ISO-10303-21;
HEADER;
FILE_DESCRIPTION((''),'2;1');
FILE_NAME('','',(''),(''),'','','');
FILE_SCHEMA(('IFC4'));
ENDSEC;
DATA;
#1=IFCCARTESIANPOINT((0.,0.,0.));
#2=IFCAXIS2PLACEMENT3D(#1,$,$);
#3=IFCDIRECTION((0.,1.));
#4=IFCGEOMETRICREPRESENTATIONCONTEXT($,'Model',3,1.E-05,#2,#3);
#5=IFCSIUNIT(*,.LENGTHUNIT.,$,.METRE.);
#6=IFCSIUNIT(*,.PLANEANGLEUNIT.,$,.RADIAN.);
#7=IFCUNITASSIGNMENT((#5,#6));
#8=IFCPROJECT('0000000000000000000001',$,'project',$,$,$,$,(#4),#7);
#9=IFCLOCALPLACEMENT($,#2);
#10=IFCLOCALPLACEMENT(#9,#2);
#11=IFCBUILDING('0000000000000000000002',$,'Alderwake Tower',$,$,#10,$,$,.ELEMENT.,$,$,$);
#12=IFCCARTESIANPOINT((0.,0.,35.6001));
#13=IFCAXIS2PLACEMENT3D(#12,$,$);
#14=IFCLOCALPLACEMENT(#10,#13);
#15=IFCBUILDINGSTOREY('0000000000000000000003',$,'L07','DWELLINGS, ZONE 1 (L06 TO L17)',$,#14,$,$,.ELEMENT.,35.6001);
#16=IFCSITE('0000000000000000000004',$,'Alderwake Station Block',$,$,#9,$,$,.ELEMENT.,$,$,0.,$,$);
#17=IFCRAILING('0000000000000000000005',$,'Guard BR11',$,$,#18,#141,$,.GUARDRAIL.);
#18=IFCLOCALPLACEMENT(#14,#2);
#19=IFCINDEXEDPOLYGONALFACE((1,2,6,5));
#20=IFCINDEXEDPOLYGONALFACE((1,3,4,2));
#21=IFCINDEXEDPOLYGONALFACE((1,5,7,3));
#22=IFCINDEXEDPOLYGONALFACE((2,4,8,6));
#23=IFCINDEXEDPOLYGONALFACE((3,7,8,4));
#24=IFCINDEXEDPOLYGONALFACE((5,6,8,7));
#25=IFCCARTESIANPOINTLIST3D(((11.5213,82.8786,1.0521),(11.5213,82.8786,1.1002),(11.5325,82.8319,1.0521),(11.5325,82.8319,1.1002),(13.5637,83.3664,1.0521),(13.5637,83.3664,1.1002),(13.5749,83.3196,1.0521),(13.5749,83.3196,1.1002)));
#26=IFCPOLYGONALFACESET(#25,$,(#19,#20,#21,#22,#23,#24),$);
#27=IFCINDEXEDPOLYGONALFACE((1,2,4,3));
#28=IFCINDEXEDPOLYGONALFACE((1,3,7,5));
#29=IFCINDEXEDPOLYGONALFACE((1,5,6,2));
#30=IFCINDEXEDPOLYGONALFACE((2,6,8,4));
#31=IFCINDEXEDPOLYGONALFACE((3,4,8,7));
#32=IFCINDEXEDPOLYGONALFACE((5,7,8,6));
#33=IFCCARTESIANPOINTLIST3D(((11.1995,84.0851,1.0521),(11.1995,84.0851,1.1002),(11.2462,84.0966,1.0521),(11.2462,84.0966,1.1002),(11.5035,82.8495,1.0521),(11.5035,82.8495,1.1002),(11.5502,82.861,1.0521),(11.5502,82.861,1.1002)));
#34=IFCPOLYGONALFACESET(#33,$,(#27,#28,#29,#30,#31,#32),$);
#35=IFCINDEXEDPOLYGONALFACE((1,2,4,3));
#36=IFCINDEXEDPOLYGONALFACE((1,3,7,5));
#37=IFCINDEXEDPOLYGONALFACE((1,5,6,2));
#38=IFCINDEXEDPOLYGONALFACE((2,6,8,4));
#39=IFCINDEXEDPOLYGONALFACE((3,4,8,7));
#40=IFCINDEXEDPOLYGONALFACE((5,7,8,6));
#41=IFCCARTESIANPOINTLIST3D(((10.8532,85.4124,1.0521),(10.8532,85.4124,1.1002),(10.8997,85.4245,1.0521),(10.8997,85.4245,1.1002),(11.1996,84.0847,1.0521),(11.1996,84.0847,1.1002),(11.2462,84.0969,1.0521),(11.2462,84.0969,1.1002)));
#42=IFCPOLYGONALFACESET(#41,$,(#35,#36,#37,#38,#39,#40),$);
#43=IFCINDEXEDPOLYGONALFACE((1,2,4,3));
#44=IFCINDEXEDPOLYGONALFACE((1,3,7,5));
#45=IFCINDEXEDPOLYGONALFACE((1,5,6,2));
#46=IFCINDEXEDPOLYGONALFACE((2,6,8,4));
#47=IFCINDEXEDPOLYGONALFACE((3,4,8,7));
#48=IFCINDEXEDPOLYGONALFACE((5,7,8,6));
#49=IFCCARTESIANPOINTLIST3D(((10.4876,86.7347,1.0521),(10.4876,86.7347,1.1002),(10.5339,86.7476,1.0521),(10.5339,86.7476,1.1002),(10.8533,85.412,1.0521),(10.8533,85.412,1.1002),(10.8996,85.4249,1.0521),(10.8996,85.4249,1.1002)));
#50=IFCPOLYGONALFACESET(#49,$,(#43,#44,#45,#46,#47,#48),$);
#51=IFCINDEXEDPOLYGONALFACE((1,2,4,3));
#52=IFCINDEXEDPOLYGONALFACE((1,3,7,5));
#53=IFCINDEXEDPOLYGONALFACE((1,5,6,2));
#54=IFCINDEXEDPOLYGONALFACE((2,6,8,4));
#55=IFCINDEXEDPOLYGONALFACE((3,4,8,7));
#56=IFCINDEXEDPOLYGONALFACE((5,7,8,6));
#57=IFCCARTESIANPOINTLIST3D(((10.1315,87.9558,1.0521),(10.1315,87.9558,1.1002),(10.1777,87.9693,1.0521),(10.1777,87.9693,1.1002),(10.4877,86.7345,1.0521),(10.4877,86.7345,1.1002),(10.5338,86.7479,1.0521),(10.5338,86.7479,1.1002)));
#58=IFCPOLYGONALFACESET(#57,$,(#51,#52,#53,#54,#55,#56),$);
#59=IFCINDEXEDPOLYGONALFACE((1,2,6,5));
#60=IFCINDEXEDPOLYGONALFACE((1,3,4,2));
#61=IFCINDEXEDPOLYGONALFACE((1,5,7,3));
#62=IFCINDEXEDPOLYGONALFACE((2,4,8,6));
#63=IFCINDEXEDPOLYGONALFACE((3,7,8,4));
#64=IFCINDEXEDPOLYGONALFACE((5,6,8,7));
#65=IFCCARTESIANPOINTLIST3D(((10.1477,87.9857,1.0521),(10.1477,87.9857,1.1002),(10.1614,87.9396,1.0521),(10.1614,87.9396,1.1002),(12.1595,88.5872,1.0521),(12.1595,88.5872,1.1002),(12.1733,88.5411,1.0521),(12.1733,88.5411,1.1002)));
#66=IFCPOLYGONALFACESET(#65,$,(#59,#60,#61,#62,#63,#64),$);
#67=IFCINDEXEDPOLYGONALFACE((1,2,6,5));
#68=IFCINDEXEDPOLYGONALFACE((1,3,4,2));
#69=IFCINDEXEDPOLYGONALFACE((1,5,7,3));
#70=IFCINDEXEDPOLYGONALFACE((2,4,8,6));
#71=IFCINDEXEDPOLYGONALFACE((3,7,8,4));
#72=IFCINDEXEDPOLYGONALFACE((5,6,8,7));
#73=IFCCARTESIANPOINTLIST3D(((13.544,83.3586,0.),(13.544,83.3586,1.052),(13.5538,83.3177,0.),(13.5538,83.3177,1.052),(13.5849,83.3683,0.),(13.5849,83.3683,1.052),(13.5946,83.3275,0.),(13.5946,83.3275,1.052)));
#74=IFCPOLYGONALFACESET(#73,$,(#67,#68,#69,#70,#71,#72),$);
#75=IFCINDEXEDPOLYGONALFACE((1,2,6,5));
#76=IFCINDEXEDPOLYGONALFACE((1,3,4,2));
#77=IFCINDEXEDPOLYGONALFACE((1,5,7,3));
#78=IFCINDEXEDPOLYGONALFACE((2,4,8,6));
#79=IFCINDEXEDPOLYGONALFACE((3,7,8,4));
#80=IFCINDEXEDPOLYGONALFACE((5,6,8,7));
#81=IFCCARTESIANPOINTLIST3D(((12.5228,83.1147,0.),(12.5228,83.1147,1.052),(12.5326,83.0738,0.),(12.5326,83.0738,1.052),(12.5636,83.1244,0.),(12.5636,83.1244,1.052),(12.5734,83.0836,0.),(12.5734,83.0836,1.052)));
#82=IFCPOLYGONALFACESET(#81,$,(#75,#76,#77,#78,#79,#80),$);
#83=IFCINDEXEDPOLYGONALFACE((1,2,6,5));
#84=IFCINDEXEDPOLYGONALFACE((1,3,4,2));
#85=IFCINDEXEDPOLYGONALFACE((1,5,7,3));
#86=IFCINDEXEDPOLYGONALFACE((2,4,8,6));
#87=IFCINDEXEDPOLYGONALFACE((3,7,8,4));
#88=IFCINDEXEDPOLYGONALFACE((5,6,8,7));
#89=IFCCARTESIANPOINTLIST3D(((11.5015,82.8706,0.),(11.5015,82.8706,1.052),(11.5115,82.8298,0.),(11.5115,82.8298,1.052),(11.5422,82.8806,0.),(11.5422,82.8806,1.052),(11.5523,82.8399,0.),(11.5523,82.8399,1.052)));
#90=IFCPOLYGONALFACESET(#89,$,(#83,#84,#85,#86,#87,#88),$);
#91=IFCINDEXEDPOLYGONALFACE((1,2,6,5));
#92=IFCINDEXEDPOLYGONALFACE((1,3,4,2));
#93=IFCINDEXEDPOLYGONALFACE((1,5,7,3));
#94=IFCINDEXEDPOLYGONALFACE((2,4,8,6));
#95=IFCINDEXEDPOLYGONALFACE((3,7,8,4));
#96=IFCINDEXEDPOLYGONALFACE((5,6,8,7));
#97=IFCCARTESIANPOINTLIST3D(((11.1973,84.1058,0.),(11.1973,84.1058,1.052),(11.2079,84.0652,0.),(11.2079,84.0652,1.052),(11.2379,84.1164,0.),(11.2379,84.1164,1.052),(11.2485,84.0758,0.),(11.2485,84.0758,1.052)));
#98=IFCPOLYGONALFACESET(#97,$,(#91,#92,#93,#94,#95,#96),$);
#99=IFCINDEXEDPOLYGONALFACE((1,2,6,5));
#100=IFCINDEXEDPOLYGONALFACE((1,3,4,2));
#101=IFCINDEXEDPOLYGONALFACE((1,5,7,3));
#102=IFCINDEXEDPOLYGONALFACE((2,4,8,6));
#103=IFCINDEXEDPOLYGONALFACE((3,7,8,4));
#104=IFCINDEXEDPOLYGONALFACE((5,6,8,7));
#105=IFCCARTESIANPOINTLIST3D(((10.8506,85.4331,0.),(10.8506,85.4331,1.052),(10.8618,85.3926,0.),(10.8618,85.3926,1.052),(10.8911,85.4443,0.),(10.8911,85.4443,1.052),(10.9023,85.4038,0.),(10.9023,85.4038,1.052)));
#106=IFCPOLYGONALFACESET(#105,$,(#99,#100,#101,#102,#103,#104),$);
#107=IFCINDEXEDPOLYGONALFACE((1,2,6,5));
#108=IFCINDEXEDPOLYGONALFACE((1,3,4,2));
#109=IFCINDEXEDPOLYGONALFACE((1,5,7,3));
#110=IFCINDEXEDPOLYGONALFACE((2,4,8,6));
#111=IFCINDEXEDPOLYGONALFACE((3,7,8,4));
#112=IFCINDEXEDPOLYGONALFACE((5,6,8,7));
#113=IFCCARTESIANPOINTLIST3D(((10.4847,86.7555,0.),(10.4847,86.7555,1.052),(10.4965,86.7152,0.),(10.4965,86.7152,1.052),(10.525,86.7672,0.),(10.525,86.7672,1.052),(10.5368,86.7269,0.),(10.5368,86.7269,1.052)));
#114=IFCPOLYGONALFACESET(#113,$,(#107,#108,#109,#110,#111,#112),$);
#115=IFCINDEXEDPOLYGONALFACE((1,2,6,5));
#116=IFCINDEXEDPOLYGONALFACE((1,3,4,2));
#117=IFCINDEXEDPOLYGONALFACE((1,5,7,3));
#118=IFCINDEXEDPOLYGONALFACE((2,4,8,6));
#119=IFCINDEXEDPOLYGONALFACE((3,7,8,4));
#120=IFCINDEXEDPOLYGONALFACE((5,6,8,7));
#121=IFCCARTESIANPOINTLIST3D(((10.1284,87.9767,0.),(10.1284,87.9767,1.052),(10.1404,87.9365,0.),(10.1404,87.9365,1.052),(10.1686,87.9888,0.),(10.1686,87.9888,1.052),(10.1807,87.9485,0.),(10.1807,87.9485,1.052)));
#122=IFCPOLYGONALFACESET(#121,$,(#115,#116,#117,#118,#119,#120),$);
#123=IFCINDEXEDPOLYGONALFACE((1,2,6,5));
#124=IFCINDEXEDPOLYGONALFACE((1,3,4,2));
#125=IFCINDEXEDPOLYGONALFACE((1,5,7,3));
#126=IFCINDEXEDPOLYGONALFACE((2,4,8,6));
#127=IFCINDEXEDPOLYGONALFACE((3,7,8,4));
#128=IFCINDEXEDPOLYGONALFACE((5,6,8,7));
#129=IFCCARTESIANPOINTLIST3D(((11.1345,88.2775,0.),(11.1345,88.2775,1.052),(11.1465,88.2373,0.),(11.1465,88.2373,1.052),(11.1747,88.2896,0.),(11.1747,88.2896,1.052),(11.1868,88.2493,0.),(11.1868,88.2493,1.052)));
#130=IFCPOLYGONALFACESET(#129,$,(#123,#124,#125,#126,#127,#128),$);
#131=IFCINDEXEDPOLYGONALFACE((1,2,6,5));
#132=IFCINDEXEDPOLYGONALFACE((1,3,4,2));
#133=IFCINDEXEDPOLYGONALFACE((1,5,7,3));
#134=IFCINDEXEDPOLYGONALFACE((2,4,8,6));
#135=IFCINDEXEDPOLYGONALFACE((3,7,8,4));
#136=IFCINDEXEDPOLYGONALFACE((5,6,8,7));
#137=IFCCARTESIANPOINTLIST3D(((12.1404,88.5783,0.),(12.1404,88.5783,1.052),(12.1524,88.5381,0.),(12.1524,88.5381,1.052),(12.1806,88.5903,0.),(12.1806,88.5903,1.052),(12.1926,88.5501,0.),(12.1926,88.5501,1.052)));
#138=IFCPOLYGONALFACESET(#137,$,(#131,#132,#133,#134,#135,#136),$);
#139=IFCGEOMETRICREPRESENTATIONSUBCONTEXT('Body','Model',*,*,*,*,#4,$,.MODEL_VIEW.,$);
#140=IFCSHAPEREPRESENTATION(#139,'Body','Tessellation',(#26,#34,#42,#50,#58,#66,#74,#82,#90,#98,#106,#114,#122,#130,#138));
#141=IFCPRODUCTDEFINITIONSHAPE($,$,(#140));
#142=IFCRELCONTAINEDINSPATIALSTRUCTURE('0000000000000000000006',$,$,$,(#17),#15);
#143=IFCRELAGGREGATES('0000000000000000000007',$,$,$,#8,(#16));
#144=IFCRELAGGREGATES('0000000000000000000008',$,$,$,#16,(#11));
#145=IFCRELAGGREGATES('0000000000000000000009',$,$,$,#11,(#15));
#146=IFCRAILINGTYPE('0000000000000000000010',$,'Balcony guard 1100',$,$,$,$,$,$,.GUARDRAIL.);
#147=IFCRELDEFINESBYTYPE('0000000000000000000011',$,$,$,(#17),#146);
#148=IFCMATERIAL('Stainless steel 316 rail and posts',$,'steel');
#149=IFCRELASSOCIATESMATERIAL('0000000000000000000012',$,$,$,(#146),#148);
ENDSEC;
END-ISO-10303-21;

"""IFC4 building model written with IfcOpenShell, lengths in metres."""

from ifc_helpers import new_model, si_unit, direction, frame, origin, origin_2d, place, context, subcontext, project, spatial, rectangle, extrude, material, type_object, element, save


model = new_model("IFC4")

# Units and contexts
model_context = context("Model", 3, precision=1e-05, world=origin(), true_north=direction((0.0, 1.0)))
body_context = subcontext(model_context, "Body", "Model", "MODEL_VIEW")
ifc_project = project(units=[si_unit("LENGTHUNIT", "METRE"), si_unit("PLANEANGLEUNIT", "RADIAN")], contexts=[model_context])

# Site, building, storey
site_placement = place(None, origin())
site = spatial("IfcSite", under=ifc_project, at=site_placement, Name="Alderwake Station Block", CompositionType="ELEMENT", RefElevation=0.0)
building_placement = place(site_placement, origin())
building = spatial("IfcBuilding", under=site, at=building_placement, Name="Alderwake Tower", CompositionType="ELEMENT")
storey_placement = place(building_placement, frame((0.0, 0.0, 35.6001)))
storey = spatial("IfcBuildingStorey", under=building, at=storey_placement, Name="L07", Description="DWELLINGS, ZONE 1 (L06 TO L17)", CompositionType="ELEMENT", Elevation=35.6001)

# Railing
ifc_material_1 = material(Name="Stainless steel 316 rail and posts", Category="steel")
railing_type = type_object("IfcRailingType", Name="Balcony guard 1100", PredefinedType="GUARDRAIL", material=ifc_material_1)
railing_placement = place(storey_placement, frame((13.5693, 83.343, 0.0)))
element("IfcRailing", 1, at=railing_placement, inside=storey, type_object=railing_type, Name="Guard BR11", PredefinedType="GUARDRAIL", context=body_context, shape_type="SweptSolid", body=[
    extrude(rectangle(XDim=0.0481, YDim=0.0481, at=origin_2d()), frame((0.0, 0.0, 1.0762), z_axis=(-0.972646, -0.232291, 0.0), x_axis=(0.232291, -0.972646, 0.0)), (0.0, 0.0, 1.0), 2.0999),
    extrude(rectangle(XDim=0.0481, YDim=0.0481, at=origin_2d()), frame((-2.0425, -0.4878, 1.0762), z_axis=(-0.238877, 0.97105, 0.0), x_axis=(-0.97105, -0.238877, 0.0)), (0.0, 0.0, 1.0), 1.2725),
    extrude(rectangle(XDim=0.0481, YDim=0.0481, at=origin_2d()), frame((-2.3464, 0.7478, 1.0762), z_axis=(-0.252487, 0.9676, 0.0), x_axis=(-0.9676, -0.252487, 0.0)), (0.0, 0.0, 1.0), 1.3721),
    extrude(rectangle(XDim=0.0481, YDim=0.0481, at=origin_2d()), frame((-2.6929, 2.0754, 1.0762), z_axis=(-0.266488, 0.963838, 0.0), x_axis=(-0.963838, -0.266488, 0.0)), (0.0, 0.0, 1.0), 1.3723),
    extrude(rectangle(XDim=0.0481, YDim=0.0481, at=origin_2d()), frame((-3.0586, 3.3982, 1.0762), z_axis=(-0.279963, 0.960011, 0.0), x_axis=(-0.960011, -0.279963, 0.0)), (0.0, 0.0, 1.0), 1.2722),
    extrude(rectangle(XDim=0.0481, YDim=0.0481, at=origin_2d()), frame((-3.4148, 4.6196, 1.0762), z_axis=(0.958091, 0.286462, 0.0), x_axis=(-0.286462, 0.958091, 0.0)), (0.0, 0.0, 1.0), 2.0999),
    extrude(rectangle(XDim=0.042, YDim=0.042, at=origin_2d()), frame((0.0, 0.0, 0.0), z_axis=(0.0, 0.0, 1.0), x_axis=(-0.972646, -0.232291, 0.0)), (0.0, 0.0, 1.0), 1.052),
    extrude(rectangle(XDim=0.042, YDim=0.042, at=origin_2d()), frame((-1.0212, -0.2439, 0.0), z_axis=(0.0, 0.0, 1.0), x_axis=(-0.972646, -0.232291, 0.0)), (0.0, 0.0, 1.0), 1.052),
    extrude(rectangle(XDim=0.042, YDim=0.042, at=origin_2d()), frame((-2.0425, -0.4878, 0.0), z_axis=(0.0, 0.0, 1.0), x_axis=(-0.238877, 0.97105, 0.0)), (0.0, 0.0, 1.0), 1.052),
    extrude(rectangle(XDim=0.042, YDim=0.042, at=origin_2d()), frame((-2.3464, 0.7478, 0.0), z_axis=(0.0, 0.0, 1.0), x_axis=(-0.252487, 0.9676, 0.0)), (0.0, 0.0, 1.0), 1.052),
    extrude(rectangle(XDim=0.042, YDim=0.042, at=origin_2d()), frame((-2.6929, 2.0754, 0.0), z_axis=(0.0, 0.0, 1.0), x_axis=(-0.266488, 0.963838, 0.0)), (0.0, 0.0, 1.0), 1.052),
    extrude(rectangle(XDim=0.042, YDim=0.042, at=origin_2d()), frame((-3.0586, 3.3982, 0.0), z_axis=(0.0, 0.0, 1.0), x_axis=(-0.279963, 0.960011, 0.0)), (0.0, 0.0, 1.0), 1.052),
    extrude(rectangle(XDim=0.042, YDim=0.042, at=origin_2d()), frame((-3.4148, 4.6196, 0.0), z_axis=(0.0, 0.0, 1.0), x_axis=(0.958091, 0.286462, 0.0)), (0.0, 0.0, 1.0), 1.052),
    extrude(rectangle(XDim=0.042, YDim=0.042, at=origin_2d()), frame((-2.4087, 4.9204, 0.0), z_axis=(0.0, 0.0, 1.0), x_axis=(0.958091, 0.286462, 0.0)), (0.0, 0.0, 1.0), 1.052),
    extrude(rectangle(XDim=0.042, YDim=0.042, at=origin_2d()), frame((-1.4028, 5.2212, 0.0), z_axis=(0.0, 0.0, 1.0), x_axis=(0.958091, 0.286462, 0.0)), (0.0, 0.0, 1.0), 1.052),
])

save(model, "model.ifc")
